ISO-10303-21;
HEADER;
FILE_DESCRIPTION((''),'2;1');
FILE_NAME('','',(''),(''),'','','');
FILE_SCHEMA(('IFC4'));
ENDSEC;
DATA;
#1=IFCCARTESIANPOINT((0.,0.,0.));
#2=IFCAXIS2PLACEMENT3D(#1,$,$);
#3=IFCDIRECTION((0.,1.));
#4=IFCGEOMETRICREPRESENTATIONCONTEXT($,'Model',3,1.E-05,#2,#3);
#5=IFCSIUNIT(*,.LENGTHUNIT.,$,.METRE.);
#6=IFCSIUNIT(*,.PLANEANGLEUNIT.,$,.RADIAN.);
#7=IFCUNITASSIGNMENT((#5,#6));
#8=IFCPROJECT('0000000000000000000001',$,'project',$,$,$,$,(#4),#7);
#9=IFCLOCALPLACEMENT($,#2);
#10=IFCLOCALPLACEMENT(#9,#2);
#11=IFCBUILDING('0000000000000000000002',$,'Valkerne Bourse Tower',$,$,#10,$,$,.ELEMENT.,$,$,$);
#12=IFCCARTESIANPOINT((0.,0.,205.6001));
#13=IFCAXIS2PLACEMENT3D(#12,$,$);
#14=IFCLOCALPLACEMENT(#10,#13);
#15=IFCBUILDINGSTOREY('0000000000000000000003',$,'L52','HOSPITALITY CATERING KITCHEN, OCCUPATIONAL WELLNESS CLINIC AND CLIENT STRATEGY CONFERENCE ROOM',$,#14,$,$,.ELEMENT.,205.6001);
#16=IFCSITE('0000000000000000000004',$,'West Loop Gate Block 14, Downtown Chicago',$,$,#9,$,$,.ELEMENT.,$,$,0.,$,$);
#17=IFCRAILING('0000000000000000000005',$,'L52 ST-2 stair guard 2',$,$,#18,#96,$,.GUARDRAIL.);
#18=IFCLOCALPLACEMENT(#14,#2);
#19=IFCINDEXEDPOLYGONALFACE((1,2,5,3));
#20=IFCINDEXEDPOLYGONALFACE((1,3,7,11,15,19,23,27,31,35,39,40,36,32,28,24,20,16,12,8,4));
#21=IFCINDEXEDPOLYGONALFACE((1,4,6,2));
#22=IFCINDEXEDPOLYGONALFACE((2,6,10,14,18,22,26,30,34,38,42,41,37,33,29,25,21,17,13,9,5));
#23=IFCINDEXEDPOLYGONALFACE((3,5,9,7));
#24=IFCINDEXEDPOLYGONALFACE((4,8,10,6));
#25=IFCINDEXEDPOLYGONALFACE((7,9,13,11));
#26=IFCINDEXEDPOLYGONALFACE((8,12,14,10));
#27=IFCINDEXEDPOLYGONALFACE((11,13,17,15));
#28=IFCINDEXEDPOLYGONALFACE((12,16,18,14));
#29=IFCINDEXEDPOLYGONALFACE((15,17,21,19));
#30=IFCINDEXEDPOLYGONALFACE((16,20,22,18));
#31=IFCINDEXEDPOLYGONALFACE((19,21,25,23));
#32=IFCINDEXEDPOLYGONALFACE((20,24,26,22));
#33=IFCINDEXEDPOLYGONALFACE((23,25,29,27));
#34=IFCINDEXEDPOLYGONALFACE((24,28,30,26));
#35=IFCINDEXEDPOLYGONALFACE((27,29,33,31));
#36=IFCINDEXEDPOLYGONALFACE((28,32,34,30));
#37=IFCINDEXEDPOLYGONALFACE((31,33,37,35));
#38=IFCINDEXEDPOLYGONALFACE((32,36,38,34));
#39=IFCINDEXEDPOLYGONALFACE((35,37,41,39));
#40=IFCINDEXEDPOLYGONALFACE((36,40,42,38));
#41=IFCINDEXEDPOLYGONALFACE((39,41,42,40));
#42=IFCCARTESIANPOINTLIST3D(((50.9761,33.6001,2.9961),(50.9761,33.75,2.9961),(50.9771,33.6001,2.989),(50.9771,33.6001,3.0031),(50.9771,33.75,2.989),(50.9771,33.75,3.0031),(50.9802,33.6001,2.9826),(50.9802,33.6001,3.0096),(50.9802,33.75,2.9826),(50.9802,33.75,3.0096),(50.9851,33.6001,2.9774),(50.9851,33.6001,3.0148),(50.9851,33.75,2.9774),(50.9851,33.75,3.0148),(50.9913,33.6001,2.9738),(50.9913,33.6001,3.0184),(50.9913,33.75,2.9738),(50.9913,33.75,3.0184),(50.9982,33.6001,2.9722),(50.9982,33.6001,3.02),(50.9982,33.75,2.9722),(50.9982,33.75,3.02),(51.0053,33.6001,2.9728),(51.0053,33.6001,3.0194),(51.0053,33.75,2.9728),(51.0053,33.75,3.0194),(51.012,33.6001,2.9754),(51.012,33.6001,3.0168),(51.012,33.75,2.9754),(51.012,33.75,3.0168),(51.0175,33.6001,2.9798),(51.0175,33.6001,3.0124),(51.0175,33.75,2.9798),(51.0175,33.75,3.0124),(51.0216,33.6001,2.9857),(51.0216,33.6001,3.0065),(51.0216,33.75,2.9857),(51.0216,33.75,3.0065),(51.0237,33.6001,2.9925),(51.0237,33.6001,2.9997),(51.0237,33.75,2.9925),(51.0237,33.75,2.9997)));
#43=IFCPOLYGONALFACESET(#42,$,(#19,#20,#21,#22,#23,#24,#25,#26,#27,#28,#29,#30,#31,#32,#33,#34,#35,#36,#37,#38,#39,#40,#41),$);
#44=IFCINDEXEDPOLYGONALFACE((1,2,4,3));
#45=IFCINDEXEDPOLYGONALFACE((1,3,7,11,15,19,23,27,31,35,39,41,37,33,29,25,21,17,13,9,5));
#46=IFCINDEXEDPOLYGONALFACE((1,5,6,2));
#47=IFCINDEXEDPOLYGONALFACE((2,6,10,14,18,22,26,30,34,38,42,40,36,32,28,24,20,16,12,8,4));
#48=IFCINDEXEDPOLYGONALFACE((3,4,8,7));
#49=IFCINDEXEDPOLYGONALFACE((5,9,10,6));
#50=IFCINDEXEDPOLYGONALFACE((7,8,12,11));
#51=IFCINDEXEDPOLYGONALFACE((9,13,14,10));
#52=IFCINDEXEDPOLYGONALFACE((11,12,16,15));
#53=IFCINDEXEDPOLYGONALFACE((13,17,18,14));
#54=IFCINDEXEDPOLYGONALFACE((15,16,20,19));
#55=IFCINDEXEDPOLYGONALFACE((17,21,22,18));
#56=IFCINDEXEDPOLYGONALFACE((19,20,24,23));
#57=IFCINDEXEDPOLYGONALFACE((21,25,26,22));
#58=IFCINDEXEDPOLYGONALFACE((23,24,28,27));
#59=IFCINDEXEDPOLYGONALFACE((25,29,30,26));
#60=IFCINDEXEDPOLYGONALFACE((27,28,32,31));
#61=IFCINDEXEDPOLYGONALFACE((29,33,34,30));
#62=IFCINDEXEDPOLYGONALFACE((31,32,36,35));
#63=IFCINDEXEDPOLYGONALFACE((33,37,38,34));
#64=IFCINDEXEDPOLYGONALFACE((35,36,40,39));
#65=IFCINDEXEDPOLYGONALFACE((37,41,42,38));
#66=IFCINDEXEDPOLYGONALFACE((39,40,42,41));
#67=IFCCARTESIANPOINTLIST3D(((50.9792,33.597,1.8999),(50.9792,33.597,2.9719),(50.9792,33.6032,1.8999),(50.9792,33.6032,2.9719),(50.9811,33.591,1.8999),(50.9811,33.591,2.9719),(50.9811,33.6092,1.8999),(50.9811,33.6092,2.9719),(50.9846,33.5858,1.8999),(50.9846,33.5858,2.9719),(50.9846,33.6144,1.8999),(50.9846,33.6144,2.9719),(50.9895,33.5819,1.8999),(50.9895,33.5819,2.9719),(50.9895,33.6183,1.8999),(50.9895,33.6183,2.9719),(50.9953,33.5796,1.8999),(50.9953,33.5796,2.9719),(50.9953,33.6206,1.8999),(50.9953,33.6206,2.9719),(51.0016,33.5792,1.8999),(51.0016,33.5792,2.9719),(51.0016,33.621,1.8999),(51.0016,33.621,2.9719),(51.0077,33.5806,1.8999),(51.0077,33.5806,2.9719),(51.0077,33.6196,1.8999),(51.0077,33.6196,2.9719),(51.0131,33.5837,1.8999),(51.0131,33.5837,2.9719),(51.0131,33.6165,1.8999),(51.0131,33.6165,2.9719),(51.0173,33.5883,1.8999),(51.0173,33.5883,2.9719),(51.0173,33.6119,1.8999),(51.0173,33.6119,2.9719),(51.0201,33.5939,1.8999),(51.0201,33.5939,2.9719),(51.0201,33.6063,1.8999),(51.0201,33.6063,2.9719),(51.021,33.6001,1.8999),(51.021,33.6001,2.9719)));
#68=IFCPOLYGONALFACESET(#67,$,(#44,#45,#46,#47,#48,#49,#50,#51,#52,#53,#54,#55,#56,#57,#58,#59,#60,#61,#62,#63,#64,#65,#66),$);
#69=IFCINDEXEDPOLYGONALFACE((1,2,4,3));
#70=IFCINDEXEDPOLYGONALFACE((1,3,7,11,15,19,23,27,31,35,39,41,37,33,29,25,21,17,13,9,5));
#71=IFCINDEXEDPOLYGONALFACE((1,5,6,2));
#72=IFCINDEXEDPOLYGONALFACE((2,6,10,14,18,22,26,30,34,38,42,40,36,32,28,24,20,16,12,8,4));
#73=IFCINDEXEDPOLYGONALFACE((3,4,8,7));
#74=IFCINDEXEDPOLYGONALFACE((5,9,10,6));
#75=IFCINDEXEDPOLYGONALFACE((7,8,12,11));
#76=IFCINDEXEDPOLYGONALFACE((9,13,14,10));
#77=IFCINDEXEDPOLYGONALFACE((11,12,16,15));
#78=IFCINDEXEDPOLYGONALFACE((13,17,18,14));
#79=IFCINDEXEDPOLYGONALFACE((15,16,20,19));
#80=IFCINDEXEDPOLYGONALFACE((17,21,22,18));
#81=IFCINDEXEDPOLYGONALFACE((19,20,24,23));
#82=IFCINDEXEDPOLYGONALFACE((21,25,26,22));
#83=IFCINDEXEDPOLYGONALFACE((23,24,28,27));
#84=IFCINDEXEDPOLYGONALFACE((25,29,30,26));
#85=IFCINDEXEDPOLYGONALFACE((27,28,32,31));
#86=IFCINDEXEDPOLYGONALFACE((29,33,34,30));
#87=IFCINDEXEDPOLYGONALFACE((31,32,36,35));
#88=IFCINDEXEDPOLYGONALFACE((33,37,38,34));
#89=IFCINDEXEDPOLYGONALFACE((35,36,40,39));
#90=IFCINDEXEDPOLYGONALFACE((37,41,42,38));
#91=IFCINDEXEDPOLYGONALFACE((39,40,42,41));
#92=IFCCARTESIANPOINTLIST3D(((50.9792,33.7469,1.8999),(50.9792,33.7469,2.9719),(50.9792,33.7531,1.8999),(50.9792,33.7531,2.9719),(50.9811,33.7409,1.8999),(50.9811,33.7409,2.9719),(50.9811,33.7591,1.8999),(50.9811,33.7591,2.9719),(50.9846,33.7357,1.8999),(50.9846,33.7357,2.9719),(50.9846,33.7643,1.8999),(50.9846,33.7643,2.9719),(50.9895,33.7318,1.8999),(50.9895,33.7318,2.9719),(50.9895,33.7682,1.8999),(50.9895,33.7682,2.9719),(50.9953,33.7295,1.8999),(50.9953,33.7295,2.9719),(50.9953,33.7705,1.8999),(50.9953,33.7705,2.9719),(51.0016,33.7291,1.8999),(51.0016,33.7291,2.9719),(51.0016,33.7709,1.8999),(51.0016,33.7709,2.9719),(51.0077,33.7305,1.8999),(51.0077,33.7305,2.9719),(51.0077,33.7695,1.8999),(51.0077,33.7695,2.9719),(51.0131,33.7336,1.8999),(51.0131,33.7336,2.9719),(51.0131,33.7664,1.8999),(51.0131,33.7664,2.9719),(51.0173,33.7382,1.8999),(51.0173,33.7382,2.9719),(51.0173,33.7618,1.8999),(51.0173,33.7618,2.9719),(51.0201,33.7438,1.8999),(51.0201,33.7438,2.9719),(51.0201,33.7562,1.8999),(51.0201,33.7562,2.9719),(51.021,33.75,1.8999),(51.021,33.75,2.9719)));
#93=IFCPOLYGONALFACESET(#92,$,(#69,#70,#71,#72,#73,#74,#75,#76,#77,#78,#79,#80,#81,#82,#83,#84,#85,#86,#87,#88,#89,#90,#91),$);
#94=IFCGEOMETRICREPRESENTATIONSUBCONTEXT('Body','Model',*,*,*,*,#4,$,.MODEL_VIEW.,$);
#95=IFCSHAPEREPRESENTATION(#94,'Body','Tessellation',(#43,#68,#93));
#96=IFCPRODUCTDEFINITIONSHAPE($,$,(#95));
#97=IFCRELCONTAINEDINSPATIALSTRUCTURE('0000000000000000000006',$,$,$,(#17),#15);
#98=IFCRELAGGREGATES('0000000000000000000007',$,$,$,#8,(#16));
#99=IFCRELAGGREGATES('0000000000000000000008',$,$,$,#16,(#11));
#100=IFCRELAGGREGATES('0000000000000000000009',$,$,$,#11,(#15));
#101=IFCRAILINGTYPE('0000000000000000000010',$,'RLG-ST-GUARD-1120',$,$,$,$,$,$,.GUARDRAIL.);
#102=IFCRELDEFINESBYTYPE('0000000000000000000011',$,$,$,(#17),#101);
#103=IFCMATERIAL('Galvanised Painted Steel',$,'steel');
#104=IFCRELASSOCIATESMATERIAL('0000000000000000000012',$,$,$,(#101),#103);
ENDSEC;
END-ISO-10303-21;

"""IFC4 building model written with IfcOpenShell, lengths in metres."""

from ifc_helpers import new_model, si_unit, direction, frame, origin, origin_2d, place, context, subcontext, project, spatial, circle, extrude, material, type_object, element, save


model = new_model("IFC4")

# Units and contexts
model_context = context("Model", 3, precision=1e-05, world=origin(), true_north=direction((0.0, 1.0)))
body_context = subcontext(model_context, "Body", "Model", "MODEL_VIEW")
ifc_project = project(units=[si_unit("LENGTHUNIT", "METRE"), si_unit("PLANEANGLEUNIT", "RADIAN")], contexts=[model_context])

# Site, building, storey
site_placement = place(None, origin())
site = spatial("IfcSite", under=ifc_project, at=site_placement, Name="West Loop Gate Block 14, Downtown Chicago", CompositionType="ELEMENT", RefElevation=0.0)
building_placement = place(site_placement, origin())
building = spatial("IfcBuilding", under=site, at=building_placement, Name="Valkerne Bourse Tower", CompositionType="ELEMENT")
storey_placement = place(building_placement, frame((0.0, 0.0, 205.6001)))
storey = spatial("IfcBuildingStorey", under=building, at=storey_placement, Name="L52", Description="HOSPITALITY CATERING KITCHEN, OCCUPATIONAL WELLNESS CLINIC AND CLIENT STRATEGY CONFERENCE ROOM", CompositionType="ELEMENT", Elevation=205.6001)

# Railing
ifc_material_1 = material(Name="Galvanised Painted Steel", Category="steel")
railing_type_1 = type_object("IfcRailingType", Name="RLG-ST-GUARD-1120", PredefinedType="GUARDRAIL", material=ifc_material_1)
railing_1_placement = place(storey_placement, frame((51.0, 33.6001, 1.8999)))
element("IfcRailing", 1, at=railing_1_placement, inside=storey, type_object=railing_type_1, Name="L52 ST-2 stair guard 2", PredefinedType="GUARDRAIL", context=body_context, shape_type="SweptSolid", body=[
    extrude(circle(Radius=0.0239, at=origin_2d()), frame((0.0, 0.0, 1.0962), z_axis=(0.0, 1.0, 0.0), x_axis=(-1.0, 0.0, 0.0)), (0.0, 0.0, 1.0), 0.1499),
    extrude(circle(Radius=0.021, at=origin_2d()), origin(), (0.0, 0.0, 1.0), 1.072),
    extrude(circle(Radius=0.021, at=origin_2d()), frame((0.0, 0.1499, 0.0)), (0.0, 0.0, 1.0), 1.072),
])

save(model, "model.ifc")
